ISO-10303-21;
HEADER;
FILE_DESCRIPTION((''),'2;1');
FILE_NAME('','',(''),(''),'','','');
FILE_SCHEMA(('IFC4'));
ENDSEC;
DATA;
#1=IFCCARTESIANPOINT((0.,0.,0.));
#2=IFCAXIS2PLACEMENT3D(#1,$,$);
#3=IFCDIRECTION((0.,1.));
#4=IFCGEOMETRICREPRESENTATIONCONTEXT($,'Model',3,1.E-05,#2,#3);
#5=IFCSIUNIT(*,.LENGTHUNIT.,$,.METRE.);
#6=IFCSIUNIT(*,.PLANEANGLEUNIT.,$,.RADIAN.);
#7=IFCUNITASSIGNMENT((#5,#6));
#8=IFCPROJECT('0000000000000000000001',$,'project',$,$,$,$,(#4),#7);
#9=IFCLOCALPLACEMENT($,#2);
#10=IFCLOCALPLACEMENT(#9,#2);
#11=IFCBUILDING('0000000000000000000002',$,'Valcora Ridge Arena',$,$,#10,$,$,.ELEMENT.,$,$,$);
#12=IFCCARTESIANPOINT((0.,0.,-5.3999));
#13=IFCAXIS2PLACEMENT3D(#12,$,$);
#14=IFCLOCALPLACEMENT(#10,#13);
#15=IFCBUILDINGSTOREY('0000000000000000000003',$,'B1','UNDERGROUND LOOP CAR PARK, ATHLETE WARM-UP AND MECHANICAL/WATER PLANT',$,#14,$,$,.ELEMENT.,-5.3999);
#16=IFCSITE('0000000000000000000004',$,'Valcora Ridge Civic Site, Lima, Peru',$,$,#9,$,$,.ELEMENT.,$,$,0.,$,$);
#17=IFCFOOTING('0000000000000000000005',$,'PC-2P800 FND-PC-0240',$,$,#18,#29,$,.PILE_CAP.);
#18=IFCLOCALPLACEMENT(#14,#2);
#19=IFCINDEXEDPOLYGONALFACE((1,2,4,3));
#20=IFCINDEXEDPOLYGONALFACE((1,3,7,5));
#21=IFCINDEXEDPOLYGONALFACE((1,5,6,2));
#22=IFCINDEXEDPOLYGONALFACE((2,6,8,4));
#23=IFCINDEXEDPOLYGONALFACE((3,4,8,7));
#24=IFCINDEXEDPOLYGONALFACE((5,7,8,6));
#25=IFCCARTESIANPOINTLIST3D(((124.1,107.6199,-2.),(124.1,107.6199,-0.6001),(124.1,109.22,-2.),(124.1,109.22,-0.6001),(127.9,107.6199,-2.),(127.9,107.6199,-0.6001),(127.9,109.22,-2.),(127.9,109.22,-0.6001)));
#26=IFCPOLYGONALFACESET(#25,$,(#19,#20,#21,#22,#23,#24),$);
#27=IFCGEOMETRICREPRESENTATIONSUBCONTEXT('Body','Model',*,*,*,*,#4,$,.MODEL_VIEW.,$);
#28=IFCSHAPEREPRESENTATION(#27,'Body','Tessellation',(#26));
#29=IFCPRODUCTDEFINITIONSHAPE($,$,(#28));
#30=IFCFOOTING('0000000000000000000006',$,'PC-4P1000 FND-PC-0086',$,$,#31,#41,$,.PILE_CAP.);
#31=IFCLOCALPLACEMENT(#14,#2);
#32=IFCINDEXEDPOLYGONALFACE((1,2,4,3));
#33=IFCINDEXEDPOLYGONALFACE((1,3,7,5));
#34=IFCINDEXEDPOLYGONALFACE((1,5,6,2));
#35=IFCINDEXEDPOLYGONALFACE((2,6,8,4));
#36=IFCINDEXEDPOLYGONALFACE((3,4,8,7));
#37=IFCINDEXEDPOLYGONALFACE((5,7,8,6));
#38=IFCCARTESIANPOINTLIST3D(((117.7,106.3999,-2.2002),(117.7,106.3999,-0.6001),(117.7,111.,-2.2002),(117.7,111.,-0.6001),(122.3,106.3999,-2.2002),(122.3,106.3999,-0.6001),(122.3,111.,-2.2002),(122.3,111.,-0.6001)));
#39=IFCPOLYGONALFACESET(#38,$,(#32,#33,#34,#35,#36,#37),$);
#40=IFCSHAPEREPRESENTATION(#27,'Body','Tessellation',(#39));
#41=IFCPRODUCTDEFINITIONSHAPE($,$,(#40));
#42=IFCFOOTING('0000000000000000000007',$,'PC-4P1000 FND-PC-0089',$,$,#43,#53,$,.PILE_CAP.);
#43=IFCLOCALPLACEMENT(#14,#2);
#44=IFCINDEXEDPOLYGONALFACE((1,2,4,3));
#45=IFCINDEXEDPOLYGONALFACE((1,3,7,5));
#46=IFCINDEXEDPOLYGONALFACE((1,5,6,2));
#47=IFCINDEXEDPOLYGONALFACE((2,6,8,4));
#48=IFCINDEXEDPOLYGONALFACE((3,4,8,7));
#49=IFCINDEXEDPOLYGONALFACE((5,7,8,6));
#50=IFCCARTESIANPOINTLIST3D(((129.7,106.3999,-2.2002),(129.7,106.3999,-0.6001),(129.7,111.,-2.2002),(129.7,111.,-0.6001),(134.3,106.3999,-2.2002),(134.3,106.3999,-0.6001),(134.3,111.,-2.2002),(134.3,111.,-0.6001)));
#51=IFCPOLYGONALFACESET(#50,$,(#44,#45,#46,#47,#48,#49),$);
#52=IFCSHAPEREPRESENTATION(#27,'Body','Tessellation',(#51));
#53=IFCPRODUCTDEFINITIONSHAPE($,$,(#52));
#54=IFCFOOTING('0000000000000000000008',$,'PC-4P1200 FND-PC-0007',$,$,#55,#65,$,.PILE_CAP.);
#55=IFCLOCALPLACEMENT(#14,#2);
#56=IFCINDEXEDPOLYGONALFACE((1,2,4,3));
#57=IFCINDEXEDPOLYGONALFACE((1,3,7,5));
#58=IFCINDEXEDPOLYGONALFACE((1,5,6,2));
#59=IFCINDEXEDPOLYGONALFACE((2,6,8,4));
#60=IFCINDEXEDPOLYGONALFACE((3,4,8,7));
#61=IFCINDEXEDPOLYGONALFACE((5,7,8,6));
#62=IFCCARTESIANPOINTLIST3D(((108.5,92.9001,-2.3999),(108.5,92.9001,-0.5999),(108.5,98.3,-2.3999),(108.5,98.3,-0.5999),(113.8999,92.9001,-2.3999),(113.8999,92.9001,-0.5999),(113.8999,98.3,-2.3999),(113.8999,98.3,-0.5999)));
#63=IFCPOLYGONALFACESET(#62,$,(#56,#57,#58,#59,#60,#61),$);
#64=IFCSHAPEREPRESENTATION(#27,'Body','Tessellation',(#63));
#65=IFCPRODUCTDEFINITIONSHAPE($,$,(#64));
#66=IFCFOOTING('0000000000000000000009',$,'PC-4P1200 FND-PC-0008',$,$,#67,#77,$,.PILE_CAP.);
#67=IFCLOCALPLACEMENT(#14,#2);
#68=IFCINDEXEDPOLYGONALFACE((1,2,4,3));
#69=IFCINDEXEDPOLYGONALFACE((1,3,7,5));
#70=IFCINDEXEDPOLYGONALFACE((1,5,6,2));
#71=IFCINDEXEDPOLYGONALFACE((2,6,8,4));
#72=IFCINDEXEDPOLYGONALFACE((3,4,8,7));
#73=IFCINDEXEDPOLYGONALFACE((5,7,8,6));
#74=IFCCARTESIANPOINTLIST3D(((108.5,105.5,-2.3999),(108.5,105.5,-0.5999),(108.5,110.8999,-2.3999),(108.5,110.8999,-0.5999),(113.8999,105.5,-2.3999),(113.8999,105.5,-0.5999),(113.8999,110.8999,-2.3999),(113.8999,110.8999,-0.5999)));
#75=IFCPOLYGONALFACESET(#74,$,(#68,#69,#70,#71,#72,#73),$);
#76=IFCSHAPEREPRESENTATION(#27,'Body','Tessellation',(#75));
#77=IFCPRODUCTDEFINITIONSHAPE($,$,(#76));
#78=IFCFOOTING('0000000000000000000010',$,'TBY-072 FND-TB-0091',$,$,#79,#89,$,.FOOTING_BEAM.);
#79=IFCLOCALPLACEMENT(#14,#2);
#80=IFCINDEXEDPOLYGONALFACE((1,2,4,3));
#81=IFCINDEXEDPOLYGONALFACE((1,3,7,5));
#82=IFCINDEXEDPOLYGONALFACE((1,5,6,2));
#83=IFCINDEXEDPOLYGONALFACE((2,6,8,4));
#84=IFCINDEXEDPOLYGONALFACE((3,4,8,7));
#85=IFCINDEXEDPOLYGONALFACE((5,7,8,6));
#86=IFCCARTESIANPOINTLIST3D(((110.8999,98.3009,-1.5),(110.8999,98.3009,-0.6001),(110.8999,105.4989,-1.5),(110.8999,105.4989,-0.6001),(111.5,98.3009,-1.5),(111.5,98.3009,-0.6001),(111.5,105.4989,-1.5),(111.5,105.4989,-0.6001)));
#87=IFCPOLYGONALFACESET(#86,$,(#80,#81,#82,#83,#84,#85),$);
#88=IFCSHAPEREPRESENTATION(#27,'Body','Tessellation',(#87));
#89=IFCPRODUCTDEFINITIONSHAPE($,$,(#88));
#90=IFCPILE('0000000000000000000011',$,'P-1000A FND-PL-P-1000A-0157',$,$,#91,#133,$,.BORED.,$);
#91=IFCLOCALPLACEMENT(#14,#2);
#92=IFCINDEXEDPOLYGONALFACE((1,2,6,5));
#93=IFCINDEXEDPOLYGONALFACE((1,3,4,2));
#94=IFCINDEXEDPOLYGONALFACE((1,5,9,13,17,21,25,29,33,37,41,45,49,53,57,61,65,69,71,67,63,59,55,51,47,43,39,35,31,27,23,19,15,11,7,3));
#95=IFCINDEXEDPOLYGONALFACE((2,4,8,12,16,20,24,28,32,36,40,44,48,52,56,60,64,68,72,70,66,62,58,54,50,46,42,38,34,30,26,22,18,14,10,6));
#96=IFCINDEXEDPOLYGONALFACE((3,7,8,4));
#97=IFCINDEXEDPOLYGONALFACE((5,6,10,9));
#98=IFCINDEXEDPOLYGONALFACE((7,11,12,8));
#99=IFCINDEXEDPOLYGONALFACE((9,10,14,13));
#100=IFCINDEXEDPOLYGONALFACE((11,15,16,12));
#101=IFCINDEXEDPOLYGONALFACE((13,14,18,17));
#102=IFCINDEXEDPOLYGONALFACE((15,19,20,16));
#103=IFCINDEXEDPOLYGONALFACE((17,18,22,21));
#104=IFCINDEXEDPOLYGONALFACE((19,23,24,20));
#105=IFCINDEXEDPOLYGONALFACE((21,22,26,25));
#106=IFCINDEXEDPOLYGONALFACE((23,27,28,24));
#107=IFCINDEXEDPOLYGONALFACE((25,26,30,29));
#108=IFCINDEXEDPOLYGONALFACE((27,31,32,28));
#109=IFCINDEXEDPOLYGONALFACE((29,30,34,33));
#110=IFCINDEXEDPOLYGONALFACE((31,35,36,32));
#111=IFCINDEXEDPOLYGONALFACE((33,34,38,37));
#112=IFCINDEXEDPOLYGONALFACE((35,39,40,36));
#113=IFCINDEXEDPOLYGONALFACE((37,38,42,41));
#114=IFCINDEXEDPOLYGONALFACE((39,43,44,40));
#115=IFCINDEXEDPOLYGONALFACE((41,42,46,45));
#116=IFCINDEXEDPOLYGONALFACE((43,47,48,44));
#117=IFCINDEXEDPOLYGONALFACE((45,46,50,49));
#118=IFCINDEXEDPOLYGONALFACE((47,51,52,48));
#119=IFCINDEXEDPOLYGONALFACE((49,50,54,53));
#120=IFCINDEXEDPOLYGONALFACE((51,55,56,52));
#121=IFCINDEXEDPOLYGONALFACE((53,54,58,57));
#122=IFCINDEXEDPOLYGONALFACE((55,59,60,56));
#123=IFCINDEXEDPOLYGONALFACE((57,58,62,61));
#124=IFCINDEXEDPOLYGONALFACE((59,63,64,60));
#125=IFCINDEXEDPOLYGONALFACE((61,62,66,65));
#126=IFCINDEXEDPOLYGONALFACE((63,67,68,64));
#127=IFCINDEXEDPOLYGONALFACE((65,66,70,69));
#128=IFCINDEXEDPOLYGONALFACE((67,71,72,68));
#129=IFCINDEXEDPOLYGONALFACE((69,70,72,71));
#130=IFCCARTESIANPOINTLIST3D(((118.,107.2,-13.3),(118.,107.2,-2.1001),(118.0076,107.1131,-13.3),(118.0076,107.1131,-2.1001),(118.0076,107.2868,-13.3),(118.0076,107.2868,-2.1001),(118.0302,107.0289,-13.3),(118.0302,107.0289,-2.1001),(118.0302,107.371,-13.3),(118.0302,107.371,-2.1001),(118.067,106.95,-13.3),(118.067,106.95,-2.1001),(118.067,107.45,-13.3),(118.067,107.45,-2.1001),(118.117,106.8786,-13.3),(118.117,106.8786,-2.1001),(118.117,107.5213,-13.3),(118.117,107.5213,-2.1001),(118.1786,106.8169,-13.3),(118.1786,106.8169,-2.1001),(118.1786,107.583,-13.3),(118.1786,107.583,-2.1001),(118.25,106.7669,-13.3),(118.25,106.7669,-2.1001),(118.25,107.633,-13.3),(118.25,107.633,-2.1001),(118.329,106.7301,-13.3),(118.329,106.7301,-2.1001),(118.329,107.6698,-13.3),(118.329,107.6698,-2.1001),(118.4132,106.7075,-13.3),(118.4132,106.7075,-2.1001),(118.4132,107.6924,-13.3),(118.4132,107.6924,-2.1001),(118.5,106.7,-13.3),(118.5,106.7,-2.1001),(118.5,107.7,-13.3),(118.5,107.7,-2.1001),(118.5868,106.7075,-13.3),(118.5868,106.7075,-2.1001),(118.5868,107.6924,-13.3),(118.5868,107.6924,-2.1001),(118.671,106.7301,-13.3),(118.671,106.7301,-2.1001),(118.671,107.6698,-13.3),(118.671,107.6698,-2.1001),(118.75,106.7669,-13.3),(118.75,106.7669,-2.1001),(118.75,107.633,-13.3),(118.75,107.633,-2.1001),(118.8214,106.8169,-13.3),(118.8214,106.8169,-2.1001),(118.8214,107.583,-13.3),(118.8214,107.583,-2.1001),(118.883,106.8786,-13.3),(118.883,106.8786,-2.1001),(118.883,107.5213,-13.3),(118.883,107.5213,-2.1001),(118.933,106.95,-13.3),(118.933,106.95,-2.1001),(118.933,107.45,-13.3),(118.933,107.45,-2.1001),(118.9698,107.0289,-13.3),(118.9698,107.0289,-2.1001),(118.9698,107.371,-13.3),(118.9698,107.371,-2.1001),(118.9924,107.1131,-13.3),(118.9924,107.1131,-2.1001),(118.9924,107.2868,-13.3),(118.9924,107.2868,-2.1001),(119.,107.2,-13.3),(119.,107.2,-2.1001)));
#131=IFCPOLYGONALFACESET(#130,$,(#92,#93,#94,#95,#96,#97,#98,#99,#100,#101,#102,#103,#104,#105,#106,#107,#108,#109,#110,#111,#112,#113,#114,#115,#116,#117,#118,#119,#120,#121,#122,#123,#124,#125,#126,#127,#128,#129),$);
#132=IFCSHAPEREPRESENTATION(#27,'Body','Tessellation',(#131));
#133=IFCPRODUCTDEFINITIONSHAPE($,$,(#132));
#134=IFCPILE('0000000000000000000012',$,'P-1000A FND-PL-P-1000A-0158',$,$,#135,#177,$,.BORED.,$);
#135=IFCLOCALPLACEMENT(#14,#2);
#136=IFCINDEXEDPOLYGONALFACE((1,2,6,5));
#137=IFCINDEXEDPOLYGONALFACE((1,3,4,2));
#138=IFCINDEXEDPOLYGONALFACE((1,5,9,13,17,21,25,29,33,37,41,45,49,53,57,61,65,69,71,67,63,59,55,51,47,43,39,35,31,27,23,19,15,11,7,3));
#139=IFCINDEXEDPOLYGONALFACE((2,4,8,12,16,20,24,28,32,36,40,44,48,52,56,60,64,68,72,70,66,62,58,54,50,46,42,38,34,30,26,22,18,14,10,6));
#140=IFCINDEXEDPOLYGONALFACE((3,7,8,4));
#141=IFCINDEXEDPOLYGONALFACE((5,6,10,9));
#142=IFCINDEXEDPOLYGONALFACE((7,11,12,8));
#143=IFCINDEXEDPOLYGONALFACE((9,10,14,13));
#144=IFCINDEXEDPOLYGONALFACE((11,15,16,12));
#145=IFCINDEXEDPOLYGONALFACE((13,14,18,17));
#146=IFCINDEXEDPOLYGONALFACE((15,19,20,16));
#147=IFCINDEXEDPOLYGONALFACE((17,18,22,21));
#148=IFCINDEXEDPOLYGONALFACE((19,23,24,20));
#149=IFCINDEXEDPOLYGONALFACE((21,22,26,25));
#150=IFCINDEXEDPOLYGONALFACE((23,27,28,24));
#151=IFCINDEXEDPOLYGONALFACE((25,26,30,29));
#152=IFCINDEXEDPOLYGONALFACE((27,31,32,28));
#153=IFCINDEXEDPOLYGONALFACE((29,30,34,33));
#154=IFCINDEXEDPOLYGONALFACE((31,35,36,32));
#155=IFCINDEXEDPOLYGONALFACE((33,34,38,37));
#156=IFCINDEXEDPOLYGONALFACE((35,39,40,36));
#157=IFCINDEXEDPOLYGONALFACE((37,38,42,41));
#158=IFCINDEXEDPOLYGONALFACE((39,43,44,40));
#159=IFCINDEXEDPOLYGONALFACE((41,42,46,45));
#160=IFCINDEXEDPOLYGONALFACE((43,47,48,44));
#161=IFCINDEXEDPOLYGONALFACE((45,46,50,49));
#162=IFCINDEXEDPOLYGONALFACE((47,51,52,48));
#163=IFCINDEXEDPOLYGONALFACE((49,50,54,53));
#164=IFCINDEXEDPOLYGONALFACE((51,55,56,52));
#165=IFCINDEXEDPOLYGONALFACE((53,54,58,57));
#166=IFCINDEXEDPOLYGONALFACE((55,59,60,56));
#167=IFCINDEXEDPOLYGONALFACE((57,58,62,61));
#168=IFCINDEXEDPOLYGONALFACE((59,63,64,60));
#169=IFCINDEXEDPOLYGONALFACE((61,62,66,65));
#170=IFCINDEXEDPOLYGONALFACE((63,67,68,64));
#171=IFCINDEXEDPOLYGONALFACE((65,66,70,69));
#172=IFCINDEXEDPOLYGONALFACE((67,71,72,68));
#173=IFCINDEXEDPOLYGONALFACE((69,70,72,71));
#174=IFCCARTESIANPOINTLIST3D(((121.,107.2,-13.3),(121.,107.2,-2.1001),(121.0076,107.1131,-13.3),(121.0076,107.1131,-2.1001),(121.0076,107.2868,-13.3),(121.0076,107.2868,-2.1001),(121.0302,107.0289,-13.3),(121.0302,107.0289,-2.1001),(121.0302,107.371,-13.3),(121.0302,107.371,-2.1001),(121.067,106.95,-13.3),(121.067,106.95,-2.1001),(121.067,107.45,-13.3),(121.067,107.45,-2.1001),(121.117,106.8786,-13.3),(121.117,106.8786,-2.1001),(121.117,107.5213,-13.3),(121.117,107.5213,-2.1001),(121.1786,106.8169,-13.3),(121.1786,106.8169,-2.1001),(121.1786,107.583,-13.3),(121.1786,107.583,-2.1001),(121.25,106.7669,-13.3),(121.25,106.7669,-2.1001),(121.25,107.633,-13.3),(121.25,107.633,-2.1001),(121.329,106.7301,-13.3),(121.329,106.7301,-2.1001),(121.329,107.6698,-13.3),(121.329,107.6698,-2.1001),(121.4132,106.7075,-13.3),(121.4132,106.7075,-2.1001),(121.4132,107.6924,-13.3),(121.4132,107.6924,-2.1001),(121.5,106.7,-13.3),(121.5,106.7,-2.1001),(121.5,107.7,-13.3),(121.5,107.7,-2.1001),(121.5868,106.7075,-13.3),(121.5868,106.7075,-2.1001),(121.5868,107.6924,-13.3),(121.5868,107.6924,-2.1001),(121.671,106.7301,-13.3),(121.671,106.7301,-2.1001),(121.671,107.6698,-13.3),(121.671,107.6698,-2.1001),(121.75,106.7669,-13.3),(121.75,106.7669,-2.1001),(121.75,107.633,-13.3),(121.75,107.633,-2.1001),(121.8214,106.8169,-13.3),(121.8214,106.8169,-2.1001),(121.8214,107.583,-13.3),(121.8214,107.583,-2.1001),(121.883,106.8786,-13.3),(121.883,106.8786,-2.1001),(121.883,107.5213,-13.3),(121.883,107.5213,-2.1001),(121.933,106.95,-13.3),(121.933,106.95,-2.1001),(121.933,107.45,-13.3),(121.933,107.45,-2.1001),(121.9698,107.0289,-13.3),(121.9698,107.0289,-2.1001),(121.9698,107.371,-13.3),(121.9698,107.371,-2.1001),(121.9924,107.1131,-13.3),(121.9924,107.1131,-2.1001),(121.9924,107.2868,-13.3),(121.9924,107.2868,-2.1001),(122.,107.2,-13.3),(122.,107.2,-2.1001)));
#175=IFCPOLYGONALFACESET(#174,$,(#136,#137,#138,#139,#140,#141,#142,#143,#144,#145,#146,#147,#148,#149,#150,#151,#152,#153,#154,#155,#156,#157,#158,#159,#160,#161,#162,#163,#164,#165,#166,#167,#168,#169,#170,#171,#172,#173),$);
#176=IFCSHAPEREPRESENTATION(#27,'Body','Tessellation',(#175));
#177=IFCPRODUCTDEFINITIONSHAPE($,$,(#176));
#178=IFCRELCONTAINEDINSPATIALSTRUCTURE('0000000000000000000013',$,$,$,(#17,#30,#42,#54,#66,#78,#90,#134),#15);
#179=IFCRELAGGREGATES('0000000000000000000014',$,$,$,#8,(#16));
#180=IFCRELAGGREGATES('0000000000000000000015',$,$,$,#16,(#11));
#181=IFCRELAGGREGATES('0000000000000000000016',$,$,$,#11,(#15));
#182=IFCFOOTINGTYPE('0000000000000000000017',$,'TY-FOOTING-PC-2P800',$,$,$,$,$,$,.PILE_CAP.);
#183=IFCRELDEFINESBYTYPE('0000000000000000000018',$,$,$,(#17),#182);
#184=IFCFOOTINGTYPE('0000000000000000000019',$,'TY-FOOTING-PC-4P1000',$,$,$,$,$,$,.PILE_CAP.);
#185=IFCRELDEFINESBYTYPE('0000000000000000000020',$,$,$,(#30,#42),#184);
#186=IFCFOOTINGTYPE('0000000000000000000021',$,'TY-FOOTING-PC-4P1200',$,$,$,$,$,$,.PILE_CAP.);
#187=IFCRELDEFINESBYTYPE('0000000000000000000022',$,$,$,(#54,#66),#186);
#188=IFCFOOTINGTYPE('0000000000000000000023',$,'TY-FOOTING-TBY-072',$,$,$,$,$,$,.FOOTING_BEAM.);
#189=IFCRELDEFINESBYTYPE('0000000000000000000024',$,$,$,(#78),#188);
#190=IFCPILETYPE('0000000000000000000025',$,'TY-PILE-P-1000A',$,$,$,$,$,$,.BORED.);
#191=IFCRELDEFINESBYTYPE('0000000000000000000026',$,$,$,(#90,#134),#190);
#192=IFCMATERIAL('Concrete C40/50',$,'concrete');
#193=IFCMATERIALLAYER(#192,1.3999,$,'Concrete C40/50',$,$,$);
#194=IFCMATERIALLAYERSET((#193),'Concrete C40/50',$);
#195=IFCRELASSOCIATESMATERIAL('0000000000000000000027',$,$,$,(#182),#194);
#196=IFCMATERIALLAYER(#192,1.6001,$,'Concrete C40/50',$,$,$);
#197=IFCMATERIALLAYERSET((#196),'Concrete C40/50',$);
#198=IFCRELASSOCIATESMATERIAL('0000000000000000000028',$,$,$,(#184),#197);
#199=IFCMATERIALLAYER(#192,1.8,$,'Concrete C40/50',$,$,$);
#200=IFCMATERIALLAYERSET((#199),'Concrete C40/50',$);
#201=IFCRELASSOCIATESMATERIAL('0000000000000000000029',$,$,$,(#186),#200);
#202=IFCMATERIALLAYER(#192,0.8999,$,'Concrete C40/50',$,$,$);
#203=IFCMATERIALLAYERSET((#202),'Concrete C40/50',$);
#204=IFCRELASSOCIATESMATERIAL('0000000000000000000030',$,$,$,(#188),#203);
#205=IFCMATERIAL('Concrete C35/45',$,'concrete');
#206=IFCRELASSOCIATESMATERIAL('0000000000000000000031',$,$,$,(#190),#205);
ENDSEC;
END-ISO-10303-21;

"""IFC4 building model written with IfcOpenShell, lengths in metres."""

from ifc_helpers import new_model, si_unit, direction, frame, origin, origin_2d, place, context, subcontext, project, spatial, rectangle, circle, extrude, material, layer, layer_set, material_profile, profile_set, type_object, element, save


model = new_model("IFC4")

# Units and contexts
model_context = context("Model", 3, precision=1e-05, world=origin(), true_north=direction((0.0, 1.0)))
body_context = subcontext(model_context, "Body", "Model", "MODEL_VIEW")
ifc_project = project(units=[si_unit("LENGTHUNIT", "METRE"), si_unit("PLANEANGLEUNIT", "RADIAN")], contexts=[model_context])

# Site, building, storey
site_placement = place(None, origin())
site = spatial("IfcSite", under=ifc_project, at=site_placement, Name="Valcora Ridge Civic Site, Lima, Peru", CompositionType="ELEMENT", RefElevation=0.0)
building_placement = place(site_placement, origin())
building = spatial("IfcBuilding", under=site, at=building_placement, Name="Valcora Ridge Arena", CompositionType="ELEMENT")
storey_placement = place(building_placement, frame((0.0, 0.0, -5.3999)))
storey = spatial("IfcBuildingStorey", under=building, at=storey_placement, Name="B1", Description="UNDERGROUND LOOP CAR PARK, ATHLETE WARM-UP AND MECHANICAL/WATER PLANT", CompositionType="ELEMENT", Elevation=-5.3999)

# Footings
ifc_material_1 = material(Name="Concrete C40/50", Category="concrete")
ifc_layer_1 = layer(ifc_material_1, 1.3999, Name="Concrete C40/50")
ifc_layer_set_1 = layer_set([ifc_layer_1], Name="Concrete C40/50")
footing_type_1 = type_object("IfcFootingType", Name="TY-FOOTING-PC-2P800", PredefinedType="PILE_CAP", material=ifc_layer_set_1)
footing_1_placement = place(storey_placement, frame((126.0, 108.4199, -2.0), z_axis=(0.0, 0.0, 1.0), x_axis=(1.0, 0.0, 0.0)))
element("IfcFooting", 1, at=footing_1_placement, inside=storey, type_object=footing_type_1, Name="PC-2P800 FND-PC-0240", PredefinedType="PILE_CAP", context=body_context, shape_type="SweptSolid", body=[
    extrude(rectangle(XDim=3.8, YDim=1.6001, at=origin_2d()), origin(), (0.0, 0.0, 1.0), 1.3999),
])
ifc_layer_2 = layer(ifc_material_1, 1.6001, Name="Concrete C40/50")
ifc_layer_set_2 = layer_set([ifc_layer_2], Name="Concrete C40/50")
footing_type_2 = type_object("IfcFootingType", Name="TY-FOOTING-PC-4P1000", PredefinedType="PILE_CAP", material=ifc_layer_set_2)
for number, where, z_axis, x_axis, name in (
    (2, (120.0, 108.7, -2.2002), (0.0, 0.0, 1.0), (1.0, 0.0, 0.0), "PC-4P1000 FND-PC-0086"),
    (3, (132.0, 108.7, -2.2002), (0.0, 0.0, 1.0), (1.0, 0.0, 0.0), "PC-4P1000 FND-PC-0089"),
):
    element("IfcFooting", number, at=place(storey_placement, frame(where, z_axis=z_axis, x_axis=x_axis)), inside=storey, type_object=footing_type_2, Name=name, PredefinedType="PILE_CAP", context=body_context, shape_type="SweptSolid", body=[
        extrude(rectangle(XDim=4.6001, YDim=4.6001, at=origin_2d()), origin(), (0.0, 0.0, 1.0), 1.6001),
    ])
ifc_layer_3 = layer(ifc_material_1, 1.8, Name="Concrete C40/50")
ifc_layer_set_3 = layer_set([ifc_layer_3], Name="Concrete C40/50")
footing_type_3 = type_object("IfcFootingType", Name="TY-FOOTING-PC-4P1200", PredefinedType="PILE_CAP", material=ifc_layer_set_3)
for number, where, z_axis, x_axis, name in (
    (4, (111.2, 95.6001, -2.3999), (0.0, 0.0, 1.0), (1.0, 0.0, 0.0), "PC-4P1200 FND-PC-0007"),
    (5, (111.2, 108.2, -2.3999), (0.0, 0.0, 1.0), (1.0, 0.0, 0.0), "PC-4P1200 FND-PC-0008"),
):
    element("IfcFooting", number, at=place(storey_placement, frame(where, z_axis=z_axis, x_axis=x_axis)), inside=storey, type_object=footing_type_3, Name=name, PredefinedType="PILE_CAP", context=body_context, shape_type="SweptSolid", body=[
        extrude(rectangle(XDim=5.3999, YDim=5.3999, at=origin_2d()), origin(), (0.0, 0.0, 1.0), 1.8),
    ])
ifc_layer_4 = layer(ifc_material_1, 0.8999, Name="Concrete C40/50")
ifc_layer_set_4 = layer_set([ifc_layer_4], Name="Concrete C40/50")
footing_type_4 = type_object("IfcFootingType", Name="TY-FOOTING-TBY-072", PredefinedType="FOOTING_BEAM", material=ifc_layer_set_4)
footing_2_placement = place(storey_placement, frame((111.2, 101.8999, -1.5), z_axis=(0.0, 0.0, 1.0), x_axis=(1.0, 0.0, 0.0)))
element("IfcFooting", 6, at=footing_2_placement, inside=storey, type_object=footing_type_4, Name="TBY-072 FND-TB-0091", PredefinedType="FOOTING_BEAM", context=body_context, shape_type="SweptSolid", body=[
    extrude(rectangle(XDim=0.6001, YDim=7.198, at=origin_2d()), origin(), (0.0, 0.0, 1.0), 0.8999),
])

# Piles
ifc_material_2 = material(Name="Concrete C35/45", Category="concrete")
ifc_material_profile_1 = material_profile(ifc_material_2, circle(Radius=0.5, at=origin_2d()), Name="BORED PILE D1000")
ifc_profile_set_1 = profile_set([ifc_material_profile_1], Name="Concrete C35/45")
pile_type_1 = type_object("IfcPileType", Name="TY-PILE-P-1000A", PredefinedType="BORED", material=ifc_profile_set_1)
for number, where, z_axis, x_axis, name in (
    (7, (118.5, 107.2, -2.1001), (0.0, 0.0, -1.0), (1.0, 0.0, 0.0), "P-1000A FND-PL-P-1000A-0157"),
    (8, (121.5, 107.2, -2.1001), (0.0, 0.0, -1.0), (1.0, 0.0, 0.0), "P-1000A FND-PL-P-1000A-0158"),
):
    element("IfcPile", number, at=place(storey_placement, frame(where, z_axis=z_axis, x_axis=x_axis)), inside=storey, type_object=pile_type_1, Name=name, PredefinedType="BORED", context=body_context, shape_type="SweptSolid", body=[
        extrude(circle(Radius=0.5, at=origin_2d()), origin(), (0.0, 0.0, 1.0), 11.2),
    ])

save(model, "model.ifc")
